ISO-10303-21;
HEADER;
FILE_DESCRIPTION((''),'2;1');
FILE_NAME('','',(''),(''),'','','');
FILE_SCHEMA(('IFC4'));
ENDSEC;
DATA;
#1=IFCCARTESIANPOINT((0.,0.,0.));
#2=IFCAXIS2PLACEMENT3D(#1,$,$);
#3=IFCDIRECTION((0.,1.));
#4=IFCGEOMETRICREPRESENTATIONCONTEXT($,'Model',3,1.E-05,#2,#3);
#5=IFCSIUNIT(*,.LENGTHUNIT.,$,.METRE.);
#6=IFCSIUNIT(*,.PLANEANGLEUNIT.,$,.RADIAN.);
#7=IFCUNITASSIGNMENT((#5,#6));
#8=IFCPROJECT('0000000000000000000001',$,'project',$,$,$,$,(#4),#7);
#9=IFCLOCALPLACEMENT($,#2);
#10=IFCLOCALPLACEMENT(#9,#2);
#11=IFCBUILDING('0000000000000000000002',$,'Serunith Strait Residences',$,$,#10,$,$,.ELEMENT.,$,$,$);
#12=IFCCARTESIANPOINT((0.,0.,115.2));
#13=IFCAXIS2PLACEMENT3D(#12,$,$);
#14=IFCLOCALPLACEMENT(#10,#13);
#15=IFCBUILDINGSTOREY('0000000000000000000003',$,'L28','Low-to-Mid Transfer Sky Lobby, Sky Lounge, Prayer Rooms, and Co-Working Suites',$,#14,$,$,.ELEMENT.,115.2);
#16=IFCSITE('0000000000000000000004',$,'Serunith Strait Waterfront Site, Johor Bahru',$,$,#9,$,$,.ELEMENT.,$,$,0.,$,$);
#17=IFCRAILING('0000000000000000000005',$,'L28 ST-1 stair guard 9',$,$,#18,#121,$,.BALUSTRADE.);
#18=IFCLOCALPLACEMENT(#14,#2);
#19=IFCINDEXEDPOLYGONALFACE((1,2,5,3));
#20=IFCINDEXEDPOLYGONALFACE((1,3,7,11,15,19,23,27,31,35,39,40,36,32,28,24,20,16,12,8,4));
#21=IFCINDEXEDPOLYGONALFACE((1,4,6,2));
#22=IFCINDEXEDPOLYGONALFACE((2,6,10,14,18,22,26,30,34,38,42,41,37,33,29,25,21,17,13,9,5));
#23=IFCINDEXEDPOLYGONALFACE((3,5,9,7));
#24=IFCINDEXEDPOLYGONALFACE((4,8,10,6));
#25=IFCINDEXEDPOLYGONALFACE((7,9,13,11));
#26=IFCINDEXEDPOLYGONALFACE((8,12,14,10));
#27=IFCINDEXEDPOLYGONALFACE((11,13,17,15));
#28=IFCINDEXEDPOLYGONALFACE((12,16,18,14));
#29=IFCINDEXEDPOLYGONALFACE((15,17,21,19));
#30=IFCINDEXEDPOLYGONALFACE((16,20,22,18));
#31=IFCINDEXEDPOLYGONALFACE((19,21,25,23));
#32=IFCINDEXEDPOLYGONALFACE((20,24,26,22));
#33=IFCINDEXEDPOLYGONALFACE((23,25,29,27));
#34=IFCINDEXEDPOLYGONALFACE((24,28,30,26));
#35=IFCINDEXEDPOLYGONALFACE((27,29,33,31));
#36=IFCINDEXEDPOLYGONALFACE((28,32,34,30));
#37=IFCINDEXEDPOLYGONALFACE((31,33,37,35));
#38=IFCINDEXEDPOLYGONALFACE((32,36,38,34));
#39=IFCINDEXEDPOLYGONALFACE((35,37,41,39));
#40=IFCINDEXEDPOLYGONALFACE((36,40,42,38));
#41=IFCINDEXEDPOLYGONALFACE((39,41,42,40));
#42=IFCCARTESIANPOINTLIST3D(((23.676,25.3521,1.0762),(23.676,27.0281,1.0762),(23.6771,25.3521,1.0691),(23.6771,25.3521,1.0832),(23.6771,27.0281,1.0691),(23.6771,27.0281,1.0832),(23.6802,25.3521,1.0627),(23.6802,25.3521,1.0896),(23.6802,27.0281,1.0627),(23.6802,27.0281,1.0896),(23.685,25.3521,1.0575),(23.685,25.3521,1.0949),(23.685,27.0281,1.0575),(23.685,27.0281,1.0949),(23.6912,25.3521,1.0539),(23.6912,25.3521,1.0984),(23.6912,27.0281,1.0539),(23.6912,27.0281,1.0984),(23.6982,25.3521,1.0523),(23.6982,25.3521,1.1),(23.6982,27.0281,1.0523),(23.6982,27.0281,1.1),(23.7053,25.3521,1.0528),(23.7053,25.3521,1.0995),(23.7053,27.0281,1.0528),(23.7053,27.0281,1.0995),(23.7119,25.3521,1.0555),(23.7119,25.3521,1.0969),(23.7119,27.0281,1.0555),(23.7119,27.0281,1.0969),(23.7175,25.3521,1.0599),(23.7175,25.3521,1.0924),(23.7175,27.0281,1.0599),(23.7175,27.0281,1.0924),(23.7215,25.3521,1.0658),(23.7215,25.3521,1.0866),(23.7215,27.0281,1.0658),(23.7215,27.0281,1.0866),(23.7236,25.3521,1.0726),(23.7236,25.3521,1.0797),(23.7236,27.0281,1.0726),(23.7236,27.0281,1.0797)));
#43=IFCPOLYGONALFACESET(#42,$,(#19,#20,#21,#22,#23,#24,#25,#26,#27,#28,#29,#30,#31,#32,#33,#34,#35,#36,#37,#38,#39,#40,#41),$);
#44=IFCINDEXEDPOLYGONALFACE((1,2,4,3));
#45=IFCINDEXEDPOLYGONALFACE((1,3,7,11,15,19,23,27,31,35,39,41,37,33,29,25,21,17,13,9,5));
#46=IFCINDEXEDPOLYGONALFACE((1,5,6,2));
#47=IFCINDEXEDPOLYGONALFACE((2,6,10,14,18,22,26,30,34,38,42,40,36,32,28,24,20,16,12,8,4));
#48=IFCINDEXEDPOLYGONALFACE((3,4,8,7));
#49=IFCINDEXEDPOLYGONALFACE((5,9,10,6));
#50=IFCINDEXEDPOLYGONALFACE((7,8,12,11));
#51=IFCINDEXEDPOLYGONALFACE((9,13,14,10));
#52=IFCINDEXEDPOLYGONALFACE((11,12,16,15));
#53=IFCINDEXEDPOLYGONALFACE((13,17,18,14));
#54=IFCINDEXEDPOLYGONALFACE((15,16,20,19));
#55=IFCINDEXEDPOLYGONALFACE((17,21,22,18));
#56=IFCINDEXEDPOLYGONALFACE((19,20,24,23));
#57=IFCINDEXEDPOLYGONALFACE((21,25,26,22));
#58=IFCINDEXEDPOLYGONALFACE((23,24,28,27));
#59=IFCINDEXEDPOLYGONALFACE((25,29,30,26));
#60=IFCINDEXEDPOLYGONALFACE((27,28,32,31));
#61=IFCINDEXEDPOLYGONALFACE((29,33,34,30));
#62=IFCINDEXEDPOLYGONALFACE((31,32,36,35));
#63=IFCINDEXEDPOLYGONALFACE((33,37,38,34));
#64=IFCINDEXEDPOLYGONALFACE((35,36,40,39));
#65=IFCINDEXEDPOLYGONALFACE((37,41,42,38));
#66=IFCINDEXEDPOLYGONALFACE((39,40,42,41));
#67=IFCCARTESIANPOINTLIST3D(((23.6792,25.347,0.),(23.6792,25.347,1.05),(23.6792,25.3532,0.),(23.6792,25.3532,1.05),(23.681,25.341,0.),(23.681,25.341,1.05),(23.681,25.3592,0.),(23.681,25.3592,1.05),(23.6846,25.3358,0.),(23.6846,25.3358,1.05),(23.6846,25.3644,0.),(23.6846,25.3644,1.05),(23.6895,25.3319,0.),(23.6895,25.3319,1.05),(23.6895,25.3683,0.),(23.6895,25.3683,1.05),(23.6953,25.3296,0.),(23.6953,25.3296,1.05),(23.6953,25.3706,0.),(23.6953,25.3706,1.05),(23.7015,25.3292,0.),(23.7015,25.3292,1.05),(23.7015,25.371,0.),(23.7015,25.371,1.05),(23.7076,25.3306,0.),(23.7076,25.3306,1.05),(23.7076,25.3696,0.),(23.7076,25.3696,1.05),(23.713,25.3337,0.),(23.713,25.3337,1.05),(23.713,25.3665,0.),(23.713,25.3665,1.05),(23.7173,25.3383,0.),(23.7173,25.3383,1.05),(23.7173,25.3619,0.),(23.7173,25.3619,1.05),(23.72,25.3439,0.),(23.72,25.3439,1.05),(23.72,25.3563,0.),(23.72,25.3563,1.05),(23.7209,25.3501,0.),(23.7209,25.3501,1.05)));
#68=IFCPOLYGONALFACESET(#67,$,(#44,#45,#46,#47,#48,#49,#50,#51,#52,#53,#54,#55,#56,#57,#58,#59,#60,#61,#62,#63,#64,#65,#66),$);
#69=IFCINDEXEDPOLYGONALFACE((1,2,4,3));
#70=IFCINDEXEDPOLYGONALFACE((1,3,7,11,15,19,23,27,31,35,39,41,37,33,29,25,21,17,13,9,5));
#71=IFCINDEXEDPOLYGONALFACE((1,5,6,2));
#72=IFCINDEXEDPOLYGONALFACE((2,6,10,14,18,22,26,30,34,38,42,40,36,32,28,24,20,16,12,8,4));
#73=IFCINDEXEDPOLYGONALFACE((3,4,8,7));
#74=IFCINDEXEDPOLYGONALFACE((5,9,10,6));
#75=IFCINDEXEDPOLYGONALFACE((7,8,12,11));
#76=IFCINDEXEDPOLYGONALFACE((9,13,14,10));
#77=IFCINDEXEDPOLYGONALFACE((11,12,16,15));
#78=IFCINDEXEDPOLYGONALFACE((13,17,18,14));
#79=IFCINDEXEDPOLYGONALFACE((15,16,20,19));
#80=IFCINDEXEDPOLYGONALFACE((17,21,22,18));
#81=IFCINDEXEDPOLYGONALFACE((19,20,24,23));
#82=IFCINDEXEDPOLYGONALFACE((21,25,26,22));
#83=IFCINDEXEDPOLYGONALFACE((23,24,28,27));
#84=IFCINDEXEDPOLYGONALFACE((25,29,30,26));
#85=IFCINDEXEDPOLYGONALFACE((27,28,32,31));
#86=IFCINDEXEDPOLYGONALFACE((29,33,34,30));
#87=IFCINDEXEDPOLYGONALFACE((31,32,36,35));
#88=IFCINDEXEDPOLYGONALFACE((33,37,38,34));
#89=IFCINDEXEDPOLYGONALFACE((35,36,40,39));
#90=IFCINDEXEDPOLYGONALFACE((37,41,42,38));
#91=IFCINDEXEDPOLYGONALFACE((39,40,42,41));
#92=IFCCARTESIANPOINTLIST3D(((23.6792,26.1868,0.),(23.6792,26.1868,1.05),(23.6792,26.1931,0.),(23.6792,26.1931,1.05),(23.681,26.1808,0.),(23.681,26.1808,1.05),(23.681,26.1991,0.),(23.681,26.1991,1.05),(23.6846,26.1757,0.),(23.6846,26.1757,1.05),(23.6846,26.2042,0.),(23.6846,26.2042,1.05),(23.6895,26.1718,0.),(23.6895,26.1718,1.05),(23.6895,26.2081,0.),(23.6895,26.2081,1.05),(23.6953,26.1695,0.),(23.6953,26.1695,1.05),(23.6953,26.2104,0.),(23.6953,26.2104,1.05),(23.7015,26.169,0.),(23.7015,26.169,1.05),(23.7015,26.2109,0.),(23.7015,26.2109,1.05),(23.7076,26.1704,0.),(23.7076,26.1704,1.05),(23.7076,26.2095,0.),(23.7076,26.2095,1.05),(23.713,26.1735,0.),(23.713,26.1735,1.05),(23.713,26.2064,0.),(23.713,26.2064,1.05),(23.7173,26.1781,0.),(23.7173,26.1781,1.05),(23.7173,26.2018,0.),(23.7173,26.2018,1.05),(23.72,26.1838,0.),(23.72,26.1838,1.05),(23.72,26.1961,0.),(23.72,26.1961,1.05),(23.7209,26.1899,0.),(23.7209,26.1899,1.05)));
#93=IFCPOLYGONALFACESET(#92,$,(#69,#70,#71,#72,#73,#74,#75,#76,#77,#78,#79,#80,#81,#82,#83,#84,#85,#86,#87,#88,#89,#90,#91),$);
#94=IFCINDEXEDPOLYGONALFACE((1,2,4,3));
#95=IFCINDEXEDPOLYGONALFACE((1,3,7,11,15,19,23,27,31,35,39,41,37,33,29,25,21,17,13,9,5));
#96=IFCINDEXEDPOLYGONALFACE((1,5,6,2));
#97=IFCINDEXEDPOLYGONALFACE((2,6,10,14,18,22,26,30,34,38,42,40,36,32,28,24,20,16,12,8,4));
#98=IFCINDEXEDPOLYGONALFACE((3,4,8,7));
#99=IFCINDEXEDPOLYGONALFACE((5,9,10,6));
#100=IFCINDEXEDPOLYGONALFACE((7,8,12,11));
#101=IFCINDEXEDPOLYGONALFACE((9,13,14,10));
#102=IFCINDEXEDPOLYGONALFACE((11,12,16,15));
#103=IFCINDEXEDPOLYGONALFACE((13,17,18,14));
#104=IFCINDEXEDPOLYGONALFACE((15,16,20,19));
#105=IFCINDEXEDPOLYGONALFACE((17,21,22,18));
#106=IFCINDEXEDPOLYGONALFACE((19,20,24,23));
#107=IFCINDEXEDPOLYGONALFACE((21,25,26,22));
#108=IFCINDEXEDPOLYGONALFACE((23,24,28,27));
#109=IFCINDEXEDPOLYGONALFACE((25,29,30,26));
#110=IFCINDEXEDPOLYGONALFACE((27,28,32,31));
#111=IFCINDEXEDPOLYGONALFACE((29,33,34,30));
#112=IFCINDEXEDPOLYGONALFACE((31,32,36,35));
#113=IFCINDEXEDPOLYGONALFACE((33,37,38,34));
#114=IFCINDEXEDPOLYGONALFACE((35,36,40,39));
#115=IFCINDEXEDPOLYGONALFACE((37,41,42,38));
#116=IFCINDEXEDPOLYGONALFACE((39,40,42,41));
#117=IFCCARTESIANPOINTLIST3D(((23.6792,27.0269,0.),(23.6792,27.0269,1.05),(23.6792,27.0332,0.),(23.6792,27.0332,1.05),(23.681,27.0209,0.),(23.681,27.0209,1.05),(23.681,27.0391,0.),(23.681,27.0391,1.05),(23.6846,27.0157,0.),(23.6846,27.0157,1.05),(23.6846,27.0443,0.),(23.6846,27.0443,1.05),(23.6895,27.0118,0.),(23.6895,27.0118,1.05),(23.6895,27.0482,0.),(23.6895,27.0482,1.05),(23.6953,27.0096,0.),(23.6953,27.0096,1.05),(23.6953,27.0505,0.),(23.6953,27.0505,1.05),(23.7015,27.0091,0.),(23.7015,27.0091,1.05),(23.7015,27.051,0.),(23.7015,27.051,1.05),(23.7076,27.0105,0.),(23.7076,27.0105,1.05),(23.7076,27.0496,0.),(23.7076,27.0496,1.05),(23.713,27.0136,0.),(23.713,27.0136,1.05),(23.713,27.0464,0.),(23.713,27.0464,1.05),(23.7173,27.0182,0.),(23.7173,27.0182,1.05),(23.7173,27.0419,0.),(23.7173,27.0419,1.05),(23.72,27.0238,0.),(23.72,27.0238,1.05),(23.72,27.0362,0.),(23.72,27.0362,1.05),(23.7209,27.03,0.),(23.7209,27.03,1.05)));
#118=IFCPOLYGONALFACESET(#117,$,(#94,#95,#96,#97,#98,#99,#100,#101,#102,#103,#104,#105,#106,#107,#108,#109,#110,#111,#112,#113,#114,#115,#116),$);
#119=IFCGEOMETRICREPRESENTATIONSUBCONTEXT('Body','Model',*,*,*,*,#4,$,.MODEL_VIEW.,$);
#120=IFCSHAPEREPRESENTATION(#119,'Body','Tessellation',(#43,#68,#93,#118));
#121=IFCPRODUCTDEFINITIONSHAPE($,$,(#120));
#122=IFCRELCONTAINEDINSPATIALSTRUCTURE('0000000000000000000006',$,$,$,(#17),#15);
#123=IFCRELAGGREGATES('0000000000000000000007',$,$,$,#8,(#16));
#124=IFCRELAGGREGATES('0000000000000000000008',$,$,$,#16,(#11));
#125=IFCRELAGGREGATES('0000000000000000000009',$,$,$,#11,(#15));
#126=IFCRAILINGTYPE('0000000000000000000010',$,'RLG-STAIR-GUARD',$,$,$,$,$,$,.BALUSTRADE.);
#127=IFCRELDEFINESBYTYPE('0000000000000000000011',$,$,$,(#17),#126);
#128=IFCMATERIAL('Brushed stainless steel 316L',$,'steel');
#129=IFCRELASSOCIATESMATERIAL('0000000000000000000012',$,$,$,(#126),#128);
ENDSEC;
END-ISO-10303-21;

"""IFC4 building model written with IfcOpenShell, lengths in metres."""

from ifc_helpers import new_model, si_unit, direction, frame, origin, origin_2d, place, context, subcontext, project, spatial, circle, extrude, material, type_object, element, save


model = new_model("IFC4")

# Units and contexts
model_context = context("Model", 3, precision=1e-05, world=origin(), true_north=direction((0.0, 1.0)))
body_context = subcontext(model_context, "Body", "Model", "MODEL_VIEW")
ifc_project = project(units=[si_unit("LENGTHUNIT", "METRE"), si_unit("PLANEANGLEUNIT", "RADIAN")], contexts=[model_context])

# Site, building, storey
site_placement = place(None, origin())
site = spatial("IfcSite", under=ifc_project, at=site_placement, Name="Serunith Strait Waterfront Site, Johor Bahru", CompositionType="ELEMENT", RefElevation=0.0)
building_placement = place(site_placement, origin())
building = spatial("IfcBuilding", under=site, at=building_placement, Name="Serunith Strait Residences", CompositionType="ELEMENT")
storey_placement = place(building_placement, frame((0.0, 0.0, 115.2)))
storey = spatial("IfcBuildingStorey", under=building, at=storey_placement, Name="L28", Description="Low-to-Mid Transfer Sky Lobby, Sky Lounge, Prayer Rooms, and Co-Working Suites", CompositionType="ELEMENT", Elevation=115.2)

# Railing
ifc_material_1 = material(Name="Brushed stainless steel 316L", Category="steel")
railing_type_1 = type_object("IfcRailingType", Name="RLG-STAIR-GUARD", PredefinedType="BALUSTRADE", material=ifc_material_1)
for number, where, name in (
    (1, (23.7, 25.3501, 0.0), "L28 ST-1 stair guard 9"),
):
    element("IfcRailing", number, at=place(storey_placement, frame(where)), inside=storey, type_object=railing_type_1, Name=name, PredefinedType="BALUSTRADE", context=body_context, shape_type="SweptSolid", body=[
        extrude(circle(Radius=0.0239, at=origin_2d()), frame((0.0, 0.002, 1.0762), z_axis=(0.0, 1.0, 0.0), x_axis=(-1.0, 0.0, 0.0)), (0.0, 0.0, 1.0), 1.676),
        extrude(circle(Radius=0.021, at=origin_2d()), origin(), (0.0, 0.0, 1.0), 1.05),
        extrude(circle(Radius=0.021, at=origin_2d()), frame((0.0, 0.8398, 0.0)), (0.0, 0.0, 1.0), 1.05),
        extrude(circle(Radius=0.021, at=origin_2d()), frame((0.0, 1.6799, 0.0)), (0.0, 0.0, 1.0), 1.05),
    ])

save(model, "model.ifc")
